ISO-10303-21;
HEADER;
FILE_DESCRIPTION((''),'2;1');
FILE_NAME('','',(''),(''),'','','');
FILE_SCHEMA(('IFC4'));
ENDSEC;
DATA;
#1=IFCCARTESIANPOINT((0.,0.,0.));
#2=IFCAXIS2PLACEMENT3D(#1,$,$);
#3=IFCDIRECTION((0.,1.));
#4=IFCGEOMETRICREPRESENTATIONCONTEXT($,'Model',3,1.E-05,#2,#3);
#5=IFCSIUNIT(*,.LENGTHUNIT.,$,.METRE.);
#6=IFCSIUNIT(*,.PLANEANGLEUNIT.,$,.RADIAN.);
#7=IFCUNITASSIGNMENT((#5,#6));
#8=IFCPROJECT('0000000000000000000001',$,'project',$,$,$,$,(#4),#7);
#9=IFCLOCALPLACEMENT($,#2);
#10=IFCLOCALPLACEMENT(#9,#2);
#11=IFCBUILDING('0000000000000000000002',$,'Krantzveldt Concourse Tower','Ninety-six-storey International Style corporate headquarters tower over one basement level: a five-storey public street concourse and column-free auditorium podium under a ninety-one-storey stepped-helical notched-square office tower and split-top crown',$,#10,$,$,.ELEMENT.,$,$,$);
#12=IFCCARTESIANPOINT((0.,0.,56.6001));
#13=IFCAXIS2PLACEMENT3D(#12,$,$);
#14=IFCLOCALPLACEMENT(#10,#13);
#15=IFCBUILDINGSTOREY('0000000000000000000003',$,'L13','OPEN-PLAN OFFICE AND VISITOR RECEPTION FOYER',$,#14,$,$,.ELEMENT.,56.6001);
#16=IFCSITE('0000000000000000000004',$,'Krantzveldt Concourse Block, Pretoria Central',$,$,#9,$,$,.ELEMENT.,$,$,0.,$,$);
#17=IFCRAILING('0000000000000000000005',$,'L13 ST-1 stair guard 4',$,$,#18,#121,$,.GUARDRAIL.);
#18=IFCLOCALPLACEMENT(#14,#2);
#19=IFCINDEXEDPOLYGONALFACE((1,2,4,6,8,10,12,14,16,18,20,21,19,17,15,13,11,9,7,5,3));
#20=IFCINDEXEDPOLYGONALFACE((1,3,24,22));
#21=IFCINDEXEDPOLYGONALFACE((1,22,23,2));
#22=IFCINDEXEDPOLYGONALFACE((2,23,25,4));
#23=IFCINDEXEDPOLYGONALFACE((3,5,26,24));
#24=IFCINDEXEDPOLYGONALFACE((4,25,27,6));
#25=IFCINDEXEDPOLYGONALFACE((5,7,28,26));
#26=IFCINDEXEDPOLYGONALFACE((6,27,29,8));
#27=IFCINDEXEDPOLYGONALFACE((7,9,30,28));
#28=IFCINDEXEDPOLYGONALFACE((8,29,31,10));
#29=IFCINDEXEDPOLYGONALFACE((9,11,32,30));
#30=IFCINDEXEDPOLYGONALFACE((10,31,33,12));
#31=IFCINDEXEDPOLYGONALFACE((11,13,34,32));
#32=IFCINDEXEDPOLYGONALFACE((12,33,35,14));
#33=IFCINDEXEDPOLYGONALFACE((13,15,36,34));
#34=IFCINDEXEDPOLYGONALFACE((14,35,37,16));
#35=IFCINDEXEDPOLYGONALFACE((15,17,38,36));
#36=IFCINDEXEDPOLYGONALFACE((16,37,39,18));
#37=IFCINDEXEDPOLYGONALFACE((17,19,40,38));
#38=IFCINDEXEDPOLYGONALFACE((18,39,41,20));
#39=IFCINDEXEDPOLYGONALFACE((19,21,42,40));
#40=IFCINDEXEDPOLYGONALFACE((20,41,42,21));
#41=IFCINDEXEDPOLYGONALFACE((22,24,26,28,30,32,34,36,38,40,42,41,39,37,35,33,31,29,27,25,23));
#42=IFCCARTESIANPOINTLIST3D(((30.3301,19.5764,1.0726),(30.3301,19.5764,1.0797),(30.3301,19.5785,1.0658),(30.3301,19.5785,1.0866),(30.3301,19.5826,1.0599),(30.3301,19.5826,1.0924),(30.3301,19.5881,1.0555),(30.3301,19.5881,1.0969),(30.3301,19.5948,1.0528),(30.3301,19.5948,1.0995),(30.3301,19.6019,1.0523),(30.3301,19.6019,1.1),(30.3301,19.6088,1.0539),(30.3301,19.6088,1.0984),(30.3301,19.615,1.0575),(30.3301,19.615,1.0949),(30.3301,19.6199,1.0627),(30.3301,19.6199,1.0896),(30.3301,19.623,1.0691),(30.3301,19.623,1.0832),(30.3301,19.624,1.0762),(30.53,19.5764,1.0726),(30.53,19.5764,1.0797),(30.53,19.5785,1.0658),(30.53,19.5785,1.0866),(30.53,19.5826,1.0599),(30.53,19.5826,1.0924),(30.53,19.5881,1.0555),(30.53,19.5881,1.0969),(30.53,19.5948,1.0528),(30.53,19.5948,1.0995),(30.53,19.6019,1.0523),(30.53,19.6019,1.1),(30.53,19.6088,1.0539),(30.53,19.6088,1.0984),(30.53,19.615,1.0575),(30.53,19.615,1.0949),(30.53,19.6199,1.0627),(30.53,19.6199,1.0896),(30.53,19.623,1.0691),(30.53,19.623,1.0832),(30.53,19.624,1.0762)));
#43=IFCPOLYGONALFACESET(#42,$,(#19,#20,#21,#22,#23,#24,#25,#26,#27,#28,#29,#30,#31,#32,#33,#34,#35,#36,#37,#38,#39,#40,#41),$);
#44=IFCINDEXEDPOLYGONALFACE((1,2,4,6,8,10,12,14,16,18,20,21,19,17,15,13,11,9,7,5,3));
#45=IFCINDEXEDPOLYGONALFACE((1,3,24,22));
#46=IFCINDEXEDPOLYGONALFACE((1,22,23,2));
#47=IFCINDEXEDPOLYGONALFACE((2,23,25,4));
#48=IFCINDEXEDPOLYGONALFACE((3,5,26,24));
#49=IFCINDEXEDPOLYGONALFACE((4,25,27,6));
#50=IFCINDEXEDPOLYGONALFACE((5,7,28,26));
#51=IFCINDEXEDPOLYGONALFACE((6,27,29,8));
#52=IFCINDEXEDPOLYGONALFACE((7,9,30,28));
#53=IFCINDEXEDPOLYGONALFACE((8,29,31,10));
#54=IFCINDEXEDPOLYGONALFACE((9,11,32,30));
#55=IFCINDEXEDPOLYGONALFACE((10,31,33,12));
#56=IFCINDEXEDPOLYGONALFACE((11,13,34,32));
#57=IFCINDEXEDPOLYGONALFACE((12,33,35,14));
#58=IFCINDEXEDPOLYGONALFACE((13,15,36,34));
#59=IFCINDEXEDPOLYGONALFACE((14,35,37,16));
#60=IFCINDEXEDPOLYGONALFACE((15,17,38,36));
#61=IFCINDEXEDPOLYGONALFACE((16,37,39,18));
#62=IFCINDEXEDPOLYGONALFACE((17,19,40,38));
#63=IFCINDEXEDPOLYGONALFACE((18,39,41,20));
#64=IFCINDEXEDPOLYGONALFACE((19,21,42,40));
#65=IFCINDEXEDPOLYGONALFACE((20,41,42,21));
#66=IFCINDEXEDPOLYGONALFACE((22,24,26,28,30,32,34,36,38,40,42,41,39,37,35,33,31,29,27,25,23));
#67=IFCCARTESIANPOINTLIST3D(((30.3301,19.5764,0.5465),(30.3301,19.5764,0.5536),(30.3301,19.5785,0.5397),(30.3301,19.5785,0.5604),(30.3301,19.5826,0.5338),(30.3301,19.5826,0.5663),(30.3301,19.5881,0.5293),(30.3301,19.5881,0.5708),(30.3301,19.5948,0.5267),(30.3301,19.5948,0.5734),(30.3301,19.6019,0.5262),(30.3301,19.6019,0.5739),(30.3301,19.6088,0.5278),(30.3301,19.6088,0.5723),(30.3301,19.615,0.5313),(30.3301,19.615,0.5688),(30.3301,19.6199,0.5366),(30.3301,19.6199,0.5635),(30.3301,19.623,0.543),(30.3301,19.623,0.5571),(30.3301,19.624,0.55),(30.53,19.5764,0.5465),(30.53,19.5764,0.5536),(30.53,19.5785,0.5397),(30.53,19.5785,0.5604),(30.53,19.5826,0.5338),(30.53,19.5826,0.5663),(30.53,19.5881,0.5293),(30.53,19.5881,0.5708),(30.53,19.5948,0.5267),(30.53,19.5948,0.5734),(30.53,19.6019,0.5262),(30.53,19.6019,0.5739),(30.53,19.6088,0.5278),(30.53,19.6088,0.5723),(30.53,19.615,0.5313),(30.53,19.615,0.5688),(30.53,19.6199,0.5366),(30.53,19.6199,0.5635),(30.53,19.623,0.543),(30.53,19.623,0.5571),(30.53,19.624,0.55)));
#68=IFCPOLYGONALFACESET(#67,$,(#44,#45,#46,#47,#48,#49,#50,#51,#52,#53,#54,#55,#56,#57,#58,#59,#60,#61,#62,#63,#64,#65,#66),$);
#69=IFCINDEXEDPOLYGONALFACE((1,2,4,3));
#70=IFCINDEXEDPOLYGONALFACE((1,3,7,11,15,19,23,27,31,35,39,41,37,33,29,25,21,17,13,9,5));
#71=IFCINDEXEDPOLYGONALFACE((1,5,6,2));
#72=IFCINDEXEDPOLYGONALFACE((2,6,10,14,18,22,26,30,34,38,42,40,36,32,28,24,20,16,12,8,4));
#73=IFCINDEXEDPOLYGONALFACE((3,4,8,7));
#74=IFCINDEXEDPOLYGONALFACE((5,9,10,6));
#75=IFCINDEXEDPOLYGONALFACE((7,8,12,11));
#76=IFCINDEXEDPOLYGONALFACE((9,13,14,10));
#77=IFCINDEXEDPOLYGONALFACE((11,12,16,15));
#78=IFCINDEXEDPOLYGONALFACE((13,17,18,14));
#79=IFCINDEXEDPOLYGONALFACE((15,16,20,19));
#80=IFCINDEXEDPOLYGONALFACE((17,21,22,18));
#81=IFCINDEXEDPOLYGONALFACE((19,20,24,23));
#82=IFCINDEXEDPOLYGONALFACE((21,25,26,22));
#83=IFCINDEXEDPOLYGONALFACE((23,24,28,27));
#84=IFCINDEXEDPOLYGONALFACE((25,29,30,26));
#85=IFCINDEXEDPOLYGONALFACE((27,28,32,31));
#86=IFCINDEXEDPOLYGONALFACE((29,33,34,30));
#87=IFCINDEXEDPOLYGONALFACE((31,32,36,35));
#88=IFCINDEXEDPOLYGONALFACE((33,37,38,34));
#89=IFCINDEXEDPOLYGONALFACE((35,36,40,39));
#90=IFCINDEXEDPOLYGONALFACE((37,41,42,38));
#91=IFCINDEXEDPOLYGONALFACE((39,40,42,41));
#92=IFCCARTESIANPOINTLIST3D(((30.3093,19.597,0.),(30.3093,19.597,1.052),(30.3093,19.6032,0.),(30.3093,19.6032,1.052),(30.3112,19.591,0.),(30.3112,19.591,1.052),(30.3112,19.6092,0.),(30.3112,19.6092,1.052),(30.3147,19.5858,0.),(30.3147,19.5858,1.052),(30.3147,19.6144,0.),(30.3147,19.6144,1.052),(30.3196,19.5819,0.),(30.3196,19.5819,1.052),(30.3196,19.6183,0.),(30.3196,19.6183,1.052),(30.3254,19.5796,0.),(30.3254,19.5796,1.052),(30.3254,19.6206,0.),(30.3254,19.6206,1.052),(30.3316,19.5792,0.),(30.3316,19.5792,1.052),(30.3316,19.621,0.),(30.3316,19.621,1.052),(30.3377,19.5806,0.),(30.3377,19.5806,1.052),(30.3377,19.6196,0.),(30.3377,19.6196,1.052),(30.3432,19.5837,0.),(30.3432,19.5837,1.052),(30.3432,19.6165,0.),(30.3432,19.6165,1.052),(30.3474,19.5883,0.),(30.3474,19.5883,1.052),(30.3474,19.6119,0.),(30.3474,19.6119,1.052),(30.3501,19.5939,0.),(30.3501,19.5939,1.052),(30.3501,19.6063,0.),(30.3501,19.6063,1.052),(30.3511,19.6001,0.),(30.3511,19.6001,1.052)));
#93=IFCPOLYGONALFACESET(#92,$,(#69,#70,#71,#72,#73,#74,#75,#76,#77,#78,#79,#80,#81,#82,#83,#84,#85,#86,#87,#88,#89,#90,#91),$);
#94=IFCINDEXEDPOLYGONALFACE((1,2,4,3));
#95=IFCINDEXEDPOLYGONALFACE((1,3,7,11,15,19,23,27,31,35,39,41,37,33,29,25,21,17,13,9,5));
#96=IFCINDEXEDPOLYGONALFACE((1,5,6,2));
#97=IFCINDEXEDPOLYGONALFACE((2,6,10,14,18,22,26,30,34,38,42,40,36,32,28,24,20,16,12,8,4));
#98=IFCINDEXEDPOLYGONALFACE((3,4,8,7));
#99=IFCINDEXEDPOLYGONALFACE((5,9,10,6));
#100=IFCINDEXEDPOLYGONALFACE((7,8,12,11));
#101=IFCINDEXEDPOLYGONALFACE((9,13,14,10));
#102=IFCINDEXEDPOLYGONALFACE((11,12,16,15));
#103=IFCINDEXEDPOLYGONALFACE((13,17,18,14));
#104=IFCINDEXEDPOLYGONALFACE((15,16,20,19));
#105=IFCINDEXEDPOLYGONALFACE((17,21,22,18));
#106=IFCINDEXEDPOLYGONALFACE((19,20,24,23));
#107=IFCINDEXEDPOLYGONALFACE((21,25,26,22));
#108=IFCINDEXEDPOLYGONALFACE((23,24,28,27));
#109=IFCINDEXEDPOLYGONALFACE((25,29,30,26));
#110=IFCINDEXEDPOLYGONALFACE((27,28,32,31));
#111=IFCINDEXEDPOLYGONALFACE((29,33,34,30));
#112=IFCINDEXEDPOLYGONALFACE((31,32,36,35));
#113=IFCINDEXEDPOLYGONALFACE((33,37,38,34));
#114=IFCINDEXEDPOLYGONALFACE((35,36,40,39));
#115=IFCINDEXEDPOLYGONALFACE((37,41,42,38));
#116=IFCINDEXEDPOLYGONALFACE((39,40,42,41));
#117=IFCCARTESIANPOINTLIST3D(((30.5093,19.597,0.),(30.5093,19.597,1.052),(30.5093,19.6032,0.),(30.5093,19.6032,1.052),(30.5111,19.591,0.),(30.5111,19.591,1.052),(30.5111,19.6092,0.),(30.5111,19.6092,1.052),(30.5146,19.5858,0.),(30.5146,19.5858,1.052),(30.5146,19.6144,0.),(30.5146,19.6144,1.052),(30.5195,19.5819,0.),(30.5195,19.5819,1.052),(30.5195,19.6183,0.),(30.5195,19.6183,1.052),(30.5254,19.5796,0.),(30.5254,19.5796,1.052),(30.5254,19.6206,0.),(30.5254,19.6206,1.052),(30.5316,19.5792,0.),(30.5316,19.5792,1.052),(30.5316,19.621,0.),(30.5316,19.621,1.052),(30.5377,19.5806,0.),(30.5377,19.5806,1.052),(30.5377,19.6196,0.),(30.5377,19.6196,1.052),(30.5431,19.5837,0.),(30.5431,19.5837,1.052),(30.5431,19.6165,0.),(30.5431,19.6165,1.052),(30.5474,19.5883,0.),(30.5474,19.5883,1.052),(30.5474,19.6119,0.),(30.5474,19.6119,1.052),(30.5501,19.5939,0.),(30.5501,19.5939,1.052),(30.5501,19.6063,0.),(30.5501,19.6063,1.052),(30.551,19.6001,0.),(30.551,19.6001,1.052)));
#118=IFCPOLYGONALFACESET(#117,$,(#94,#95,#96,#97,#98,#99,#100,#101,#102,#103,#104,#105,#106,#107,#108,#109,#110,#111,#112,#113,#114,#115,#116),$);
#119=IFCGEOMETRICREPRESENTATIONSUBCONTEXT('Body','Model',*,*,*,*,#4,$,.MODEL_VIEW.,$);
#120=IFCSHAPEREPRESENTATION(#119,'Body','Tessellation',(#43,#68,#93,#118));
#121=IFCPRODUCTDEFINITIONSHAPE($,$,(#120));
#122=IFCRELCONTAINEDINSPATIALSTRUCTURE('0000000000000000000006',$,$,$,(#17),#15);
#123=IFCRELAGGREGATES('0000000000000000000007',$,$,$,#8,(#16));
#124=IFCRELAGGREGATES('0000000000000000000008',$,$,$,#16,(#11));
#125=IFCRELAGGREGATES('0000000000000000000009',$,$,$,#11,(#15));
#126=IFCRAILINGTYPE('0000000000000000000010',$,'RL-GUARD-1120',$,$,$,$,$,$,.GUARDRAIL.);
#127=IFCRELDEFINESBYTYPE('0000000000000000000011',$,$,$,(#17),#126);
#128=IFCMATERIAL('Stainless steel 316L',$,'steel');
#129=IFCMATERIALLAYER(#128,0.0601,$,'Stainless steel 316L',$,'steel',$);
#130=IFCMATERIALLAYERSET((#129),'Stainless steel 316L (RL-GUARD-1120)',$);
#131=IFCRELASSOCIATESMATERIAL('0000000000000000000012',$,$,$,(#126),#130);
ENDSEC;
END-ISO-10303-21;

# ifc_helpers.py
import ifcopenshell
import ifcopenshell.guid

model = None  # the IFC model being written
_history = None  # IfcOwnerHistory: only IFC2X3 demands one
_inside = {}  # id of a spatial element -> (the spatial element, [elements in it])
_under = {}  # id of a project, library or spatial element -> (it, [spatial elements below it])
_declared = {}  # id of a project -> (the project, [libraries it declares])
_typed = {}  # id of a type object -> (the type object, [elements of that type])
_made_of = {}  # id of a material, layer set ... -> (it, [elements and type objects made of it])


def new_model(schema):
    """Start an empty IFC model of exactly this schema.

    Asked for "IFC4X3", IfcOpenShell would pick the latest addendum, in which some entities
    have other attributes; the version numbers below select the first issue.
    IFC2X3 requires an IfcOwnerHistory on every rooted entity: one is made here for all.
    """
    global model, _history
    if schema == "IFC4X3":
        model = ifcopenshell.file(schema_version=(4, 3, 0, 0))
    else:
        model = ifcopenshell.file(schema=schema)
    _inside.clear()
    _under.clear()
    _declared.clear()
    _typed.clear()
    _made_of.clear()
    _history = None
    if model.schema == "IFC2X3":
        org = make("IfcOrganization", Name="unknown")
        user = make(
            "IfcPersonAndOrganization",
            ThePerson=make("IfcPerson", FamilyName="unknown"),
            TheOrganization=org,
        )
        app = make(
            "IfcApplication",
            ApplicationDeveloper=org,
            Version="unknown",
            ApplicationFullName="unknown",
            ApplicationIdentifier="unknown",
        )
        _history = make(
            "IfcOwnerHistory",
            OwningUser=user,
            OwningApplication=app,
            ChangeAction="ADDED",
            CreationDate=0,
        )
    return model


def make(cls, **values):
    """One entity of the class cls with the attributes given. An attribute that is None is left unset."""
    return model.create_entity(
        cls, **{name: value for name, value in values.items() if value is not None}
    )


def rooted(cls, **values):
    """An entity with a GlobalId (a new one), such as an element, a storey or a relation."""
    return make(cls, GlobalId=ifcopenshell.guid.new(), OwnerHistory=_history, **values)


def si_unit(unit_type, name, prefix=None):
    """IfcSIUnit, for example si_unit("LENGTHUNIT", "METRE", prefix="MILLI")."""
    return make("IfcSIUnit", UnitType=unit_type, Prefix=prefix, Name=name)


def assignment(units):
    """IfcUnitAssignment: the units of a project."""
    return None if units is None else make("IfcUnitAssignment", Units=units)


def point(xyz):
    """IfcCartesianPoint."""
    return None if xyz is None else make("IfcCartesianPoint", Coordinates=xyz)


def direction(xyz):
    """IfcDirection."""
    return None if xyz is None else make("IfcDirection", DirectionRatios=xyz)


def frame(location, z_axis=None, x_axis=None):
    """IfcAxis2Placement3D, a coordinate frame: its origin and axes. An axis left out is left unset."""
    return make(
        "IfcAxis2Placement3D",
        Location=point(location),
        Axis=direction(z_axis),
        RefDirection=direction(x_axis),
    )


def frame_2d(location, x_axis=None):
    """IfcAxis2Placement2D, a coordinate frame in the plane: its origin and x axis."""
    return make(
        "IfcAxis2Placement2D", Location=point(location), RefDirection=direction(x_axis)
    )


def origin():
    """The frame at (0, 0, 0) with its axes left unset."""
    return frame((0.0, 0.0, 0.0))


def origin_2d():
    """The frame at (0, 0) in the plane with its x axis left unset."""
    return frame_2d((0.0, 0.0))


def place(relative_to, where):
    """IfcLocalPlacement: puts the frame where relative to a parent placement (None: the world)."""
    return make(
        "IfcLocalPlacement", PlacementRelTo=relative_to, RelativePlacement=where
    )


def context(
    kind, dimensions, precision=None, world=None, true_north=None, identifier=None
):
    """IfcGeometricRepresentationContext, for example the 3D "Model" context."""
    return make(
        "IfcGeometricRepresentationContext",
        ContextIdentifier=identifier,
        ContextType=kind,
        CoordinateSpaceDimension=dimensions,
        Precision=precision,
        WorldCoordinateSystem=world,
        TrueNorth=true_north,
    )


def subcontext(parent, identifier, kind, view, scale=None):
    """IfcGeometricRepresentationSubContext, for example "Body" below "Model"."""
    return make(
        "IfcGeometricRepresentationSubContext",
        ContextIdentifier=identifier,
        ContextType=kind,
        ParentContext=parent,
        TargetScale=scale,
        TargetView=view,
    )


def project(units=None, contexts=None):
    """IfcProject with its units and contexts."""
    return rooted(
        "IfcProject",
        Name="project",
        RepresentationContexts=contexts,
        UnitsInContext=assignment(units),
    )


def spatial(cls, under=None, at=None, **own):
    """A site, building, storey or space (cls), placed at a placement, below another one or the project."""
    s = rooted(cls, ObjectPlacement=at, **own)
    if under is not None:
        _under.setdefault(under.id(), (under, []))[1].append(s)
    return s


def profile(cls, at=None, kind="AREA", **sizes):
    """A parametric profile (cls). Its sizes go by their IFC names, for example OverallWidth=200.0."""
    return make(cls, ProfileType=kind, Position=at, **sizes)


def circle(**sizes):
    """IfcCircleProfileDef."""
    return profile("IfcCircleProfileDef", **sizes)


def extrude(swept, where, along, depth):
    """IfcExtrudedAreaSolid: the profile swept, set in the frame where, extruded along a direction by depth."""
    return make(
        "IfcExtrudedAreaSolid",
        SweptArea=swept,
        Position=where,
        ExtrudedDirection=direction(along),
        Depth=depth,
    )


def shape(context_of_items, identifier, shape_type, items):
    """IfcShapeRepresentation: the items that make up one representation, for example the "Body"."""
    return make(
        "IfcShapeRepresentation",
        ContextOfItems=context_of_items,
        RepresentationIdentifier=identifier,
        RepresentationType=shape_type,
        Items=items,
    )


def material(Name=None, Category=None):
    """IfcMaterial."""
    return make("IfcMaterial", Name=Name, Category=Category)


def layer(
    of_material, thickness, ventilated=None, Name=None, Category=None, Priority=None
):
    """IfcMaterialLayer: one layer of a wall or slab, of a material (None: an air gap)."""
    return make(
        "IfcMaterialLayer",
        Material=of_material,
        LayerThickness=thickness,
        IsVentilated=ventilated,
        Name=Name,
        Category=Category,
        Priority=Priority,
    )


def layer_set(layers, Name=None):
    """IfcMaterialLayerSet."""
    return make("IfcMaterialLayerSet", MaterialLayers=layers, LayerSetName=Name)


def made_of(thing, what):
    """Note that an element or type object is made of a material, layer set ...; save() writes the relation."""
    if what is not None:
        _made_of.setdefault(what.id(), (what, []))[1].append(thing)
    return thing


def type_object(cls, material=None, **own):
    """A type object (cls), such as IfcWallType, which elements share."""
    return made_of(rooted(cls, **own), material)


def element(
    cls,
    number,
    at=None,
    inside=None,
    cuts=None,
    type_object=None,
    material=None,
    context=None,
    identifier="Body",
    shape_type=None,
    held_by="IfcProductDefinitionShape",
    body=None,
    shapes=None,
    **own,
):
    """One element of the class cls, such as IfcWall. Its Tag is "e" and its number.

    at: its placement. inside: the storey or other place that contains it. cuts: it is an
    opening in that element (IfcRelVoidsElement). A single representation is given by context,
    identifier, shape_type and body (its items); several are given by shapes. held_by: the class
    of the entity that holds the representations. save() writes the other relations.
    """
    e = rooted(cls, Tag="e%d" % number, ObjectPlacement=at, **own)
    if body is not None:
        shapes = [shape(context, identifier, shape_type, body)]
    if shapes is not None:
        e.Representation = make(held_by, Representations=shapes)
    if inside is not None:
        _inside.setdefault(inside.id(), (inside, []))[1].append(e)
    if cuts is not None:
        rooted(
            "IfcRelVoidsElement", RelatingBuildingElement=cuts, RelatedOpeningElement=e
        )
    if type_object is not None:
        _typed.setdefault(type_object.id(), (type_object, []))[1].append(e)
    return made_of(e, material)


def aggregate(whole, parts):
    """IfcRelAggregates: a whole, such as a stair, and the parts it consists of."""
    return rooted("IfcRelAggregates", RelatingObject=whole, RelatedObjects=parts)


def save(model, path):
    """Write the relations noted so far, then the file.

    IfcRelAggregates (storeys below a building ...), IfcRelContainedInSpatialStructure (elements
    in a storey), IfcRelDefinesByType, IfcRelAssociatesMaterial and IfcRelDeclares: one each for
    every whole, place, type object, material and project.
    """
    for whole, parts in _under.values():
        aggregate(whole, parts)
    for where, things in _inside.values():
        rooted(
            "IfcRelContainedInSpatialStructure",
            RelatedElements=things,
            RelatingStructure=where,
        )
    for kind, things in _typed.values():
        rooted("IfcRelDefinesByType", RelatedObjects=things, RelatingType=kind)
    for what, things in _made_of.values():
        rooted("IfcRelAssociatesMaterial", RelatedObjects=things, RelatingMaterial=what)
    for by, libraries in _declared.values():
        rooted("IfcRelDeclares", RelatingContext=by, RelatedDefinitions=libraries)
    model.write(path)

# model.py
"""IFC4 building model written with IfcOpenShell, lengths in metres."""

from ifc_helpers import new_model, si_unit, direction, frame, origin, origin_2d, place, context, subcontext, project, spatial, circle, extrude, material, layer, layer_set, type_object, element, save


model = new_model("IFC4")

# Units and contexts
model_context = context("Model", 3, precision=1e-05, world=origin(), true_north=direction((0.0, 1.0)))
body_context = subcontext(model_context, "Body", "Model", "MODEL_VIEW")
ifc_project = project(units=[si_unit("LENGTHUNIT", "METRE"), si_unit("PLANEANGLEUNIT", "RADIAN")], contexts=[model_context])

# Site, building, storey
site_placement = place(None, origin())
site = spatial("IfcSite", under=ifc_project, at=site_placement, Name="Krantzveldt Concourse Block, Pretoria Central", CompositionType="ELEMENT", RefElevation=0.0)
building_placement = place(site_placement, origin())
building = spatial("IfcBuilding", under=site, at=building_placement, Name="Krantzveldt Concourse Tower", Description="Ninety-six-storey International Style corporate headquarters tower over one basement level: a five-storey public street concourse and column-free auditorium podium under a ninety-one-storey stepped-helical notched-square office tower and split-top crown", CompositionType="ELEMENT")
storey_placement = place(building_placement, frame((0.0, 0.0, 56.6001)))
storey = spatial("IfcBuildingStorey", under=building, at=storey_placement, Name="L13", Description="OPEN-PLAN OFFICE AND VISITOR RECEPTION FOYER", CompositionType="ELEMENT", Elevation=56.6001)

# Railing
ifc_material_1 = material(Name="Stainless steel 316L", Category="steel")
ifc_layer_1 = layer(ifc_material_1, 0.0601, Name="Stainless steel 316L", Category="steel")
ifc_layer_set_1 = layer_set([ifc_layer_1], Name="Stainless steel 316L (RL-GUARD-1120)")
railing_type_1 = type_object("IfcRailingType", Name="RL-GUARD-1120", PredefinedType="GUARDRAIL", material=ifc_layer_set_1)
railing_1_placement = place(storey_placement, frame((30.3301, 19.6001, 0.0)))
element("IfcRailing", 1, at=railing_1_placement, inside=storey, type_object=railing_type_1, Name="L13 ST-1 stair guard 4", PredefinedType="GUARDRAIL", context=body_context, shape_type="SweptSolid", body=[
    extrude(circle(Radius=0.0239, at=origin_2d()), frame((0.0, 0.0, 1.0762), z_axis=(1.0, 0.0, 0.0), x_axis=(0.0, 1.0, 0.0)), (0.0, 0.0, 1.0), 0.2),
    extrude(circle(Radius=0.0239, at=origin_2d()), frame((0.0, 0.0, 0.55), z_axis=(1.0, 0.0, 0.0), x_axis=(0.0, 1.0, 0.0)), (0.0, 0.0, 1.0), 0.2),
    extrude(circle(Radius=0.021, at=origin_2d()), origin(), (0.0, 0.0, 1.0), 1.052),
    extrude(circle(Radius=0.021, at=origin_2d()), frame((0.2, 0.0, 0.0)), (0.0, 0.0, 1.0), 1.052),
])

save(model, "model.ifc")
